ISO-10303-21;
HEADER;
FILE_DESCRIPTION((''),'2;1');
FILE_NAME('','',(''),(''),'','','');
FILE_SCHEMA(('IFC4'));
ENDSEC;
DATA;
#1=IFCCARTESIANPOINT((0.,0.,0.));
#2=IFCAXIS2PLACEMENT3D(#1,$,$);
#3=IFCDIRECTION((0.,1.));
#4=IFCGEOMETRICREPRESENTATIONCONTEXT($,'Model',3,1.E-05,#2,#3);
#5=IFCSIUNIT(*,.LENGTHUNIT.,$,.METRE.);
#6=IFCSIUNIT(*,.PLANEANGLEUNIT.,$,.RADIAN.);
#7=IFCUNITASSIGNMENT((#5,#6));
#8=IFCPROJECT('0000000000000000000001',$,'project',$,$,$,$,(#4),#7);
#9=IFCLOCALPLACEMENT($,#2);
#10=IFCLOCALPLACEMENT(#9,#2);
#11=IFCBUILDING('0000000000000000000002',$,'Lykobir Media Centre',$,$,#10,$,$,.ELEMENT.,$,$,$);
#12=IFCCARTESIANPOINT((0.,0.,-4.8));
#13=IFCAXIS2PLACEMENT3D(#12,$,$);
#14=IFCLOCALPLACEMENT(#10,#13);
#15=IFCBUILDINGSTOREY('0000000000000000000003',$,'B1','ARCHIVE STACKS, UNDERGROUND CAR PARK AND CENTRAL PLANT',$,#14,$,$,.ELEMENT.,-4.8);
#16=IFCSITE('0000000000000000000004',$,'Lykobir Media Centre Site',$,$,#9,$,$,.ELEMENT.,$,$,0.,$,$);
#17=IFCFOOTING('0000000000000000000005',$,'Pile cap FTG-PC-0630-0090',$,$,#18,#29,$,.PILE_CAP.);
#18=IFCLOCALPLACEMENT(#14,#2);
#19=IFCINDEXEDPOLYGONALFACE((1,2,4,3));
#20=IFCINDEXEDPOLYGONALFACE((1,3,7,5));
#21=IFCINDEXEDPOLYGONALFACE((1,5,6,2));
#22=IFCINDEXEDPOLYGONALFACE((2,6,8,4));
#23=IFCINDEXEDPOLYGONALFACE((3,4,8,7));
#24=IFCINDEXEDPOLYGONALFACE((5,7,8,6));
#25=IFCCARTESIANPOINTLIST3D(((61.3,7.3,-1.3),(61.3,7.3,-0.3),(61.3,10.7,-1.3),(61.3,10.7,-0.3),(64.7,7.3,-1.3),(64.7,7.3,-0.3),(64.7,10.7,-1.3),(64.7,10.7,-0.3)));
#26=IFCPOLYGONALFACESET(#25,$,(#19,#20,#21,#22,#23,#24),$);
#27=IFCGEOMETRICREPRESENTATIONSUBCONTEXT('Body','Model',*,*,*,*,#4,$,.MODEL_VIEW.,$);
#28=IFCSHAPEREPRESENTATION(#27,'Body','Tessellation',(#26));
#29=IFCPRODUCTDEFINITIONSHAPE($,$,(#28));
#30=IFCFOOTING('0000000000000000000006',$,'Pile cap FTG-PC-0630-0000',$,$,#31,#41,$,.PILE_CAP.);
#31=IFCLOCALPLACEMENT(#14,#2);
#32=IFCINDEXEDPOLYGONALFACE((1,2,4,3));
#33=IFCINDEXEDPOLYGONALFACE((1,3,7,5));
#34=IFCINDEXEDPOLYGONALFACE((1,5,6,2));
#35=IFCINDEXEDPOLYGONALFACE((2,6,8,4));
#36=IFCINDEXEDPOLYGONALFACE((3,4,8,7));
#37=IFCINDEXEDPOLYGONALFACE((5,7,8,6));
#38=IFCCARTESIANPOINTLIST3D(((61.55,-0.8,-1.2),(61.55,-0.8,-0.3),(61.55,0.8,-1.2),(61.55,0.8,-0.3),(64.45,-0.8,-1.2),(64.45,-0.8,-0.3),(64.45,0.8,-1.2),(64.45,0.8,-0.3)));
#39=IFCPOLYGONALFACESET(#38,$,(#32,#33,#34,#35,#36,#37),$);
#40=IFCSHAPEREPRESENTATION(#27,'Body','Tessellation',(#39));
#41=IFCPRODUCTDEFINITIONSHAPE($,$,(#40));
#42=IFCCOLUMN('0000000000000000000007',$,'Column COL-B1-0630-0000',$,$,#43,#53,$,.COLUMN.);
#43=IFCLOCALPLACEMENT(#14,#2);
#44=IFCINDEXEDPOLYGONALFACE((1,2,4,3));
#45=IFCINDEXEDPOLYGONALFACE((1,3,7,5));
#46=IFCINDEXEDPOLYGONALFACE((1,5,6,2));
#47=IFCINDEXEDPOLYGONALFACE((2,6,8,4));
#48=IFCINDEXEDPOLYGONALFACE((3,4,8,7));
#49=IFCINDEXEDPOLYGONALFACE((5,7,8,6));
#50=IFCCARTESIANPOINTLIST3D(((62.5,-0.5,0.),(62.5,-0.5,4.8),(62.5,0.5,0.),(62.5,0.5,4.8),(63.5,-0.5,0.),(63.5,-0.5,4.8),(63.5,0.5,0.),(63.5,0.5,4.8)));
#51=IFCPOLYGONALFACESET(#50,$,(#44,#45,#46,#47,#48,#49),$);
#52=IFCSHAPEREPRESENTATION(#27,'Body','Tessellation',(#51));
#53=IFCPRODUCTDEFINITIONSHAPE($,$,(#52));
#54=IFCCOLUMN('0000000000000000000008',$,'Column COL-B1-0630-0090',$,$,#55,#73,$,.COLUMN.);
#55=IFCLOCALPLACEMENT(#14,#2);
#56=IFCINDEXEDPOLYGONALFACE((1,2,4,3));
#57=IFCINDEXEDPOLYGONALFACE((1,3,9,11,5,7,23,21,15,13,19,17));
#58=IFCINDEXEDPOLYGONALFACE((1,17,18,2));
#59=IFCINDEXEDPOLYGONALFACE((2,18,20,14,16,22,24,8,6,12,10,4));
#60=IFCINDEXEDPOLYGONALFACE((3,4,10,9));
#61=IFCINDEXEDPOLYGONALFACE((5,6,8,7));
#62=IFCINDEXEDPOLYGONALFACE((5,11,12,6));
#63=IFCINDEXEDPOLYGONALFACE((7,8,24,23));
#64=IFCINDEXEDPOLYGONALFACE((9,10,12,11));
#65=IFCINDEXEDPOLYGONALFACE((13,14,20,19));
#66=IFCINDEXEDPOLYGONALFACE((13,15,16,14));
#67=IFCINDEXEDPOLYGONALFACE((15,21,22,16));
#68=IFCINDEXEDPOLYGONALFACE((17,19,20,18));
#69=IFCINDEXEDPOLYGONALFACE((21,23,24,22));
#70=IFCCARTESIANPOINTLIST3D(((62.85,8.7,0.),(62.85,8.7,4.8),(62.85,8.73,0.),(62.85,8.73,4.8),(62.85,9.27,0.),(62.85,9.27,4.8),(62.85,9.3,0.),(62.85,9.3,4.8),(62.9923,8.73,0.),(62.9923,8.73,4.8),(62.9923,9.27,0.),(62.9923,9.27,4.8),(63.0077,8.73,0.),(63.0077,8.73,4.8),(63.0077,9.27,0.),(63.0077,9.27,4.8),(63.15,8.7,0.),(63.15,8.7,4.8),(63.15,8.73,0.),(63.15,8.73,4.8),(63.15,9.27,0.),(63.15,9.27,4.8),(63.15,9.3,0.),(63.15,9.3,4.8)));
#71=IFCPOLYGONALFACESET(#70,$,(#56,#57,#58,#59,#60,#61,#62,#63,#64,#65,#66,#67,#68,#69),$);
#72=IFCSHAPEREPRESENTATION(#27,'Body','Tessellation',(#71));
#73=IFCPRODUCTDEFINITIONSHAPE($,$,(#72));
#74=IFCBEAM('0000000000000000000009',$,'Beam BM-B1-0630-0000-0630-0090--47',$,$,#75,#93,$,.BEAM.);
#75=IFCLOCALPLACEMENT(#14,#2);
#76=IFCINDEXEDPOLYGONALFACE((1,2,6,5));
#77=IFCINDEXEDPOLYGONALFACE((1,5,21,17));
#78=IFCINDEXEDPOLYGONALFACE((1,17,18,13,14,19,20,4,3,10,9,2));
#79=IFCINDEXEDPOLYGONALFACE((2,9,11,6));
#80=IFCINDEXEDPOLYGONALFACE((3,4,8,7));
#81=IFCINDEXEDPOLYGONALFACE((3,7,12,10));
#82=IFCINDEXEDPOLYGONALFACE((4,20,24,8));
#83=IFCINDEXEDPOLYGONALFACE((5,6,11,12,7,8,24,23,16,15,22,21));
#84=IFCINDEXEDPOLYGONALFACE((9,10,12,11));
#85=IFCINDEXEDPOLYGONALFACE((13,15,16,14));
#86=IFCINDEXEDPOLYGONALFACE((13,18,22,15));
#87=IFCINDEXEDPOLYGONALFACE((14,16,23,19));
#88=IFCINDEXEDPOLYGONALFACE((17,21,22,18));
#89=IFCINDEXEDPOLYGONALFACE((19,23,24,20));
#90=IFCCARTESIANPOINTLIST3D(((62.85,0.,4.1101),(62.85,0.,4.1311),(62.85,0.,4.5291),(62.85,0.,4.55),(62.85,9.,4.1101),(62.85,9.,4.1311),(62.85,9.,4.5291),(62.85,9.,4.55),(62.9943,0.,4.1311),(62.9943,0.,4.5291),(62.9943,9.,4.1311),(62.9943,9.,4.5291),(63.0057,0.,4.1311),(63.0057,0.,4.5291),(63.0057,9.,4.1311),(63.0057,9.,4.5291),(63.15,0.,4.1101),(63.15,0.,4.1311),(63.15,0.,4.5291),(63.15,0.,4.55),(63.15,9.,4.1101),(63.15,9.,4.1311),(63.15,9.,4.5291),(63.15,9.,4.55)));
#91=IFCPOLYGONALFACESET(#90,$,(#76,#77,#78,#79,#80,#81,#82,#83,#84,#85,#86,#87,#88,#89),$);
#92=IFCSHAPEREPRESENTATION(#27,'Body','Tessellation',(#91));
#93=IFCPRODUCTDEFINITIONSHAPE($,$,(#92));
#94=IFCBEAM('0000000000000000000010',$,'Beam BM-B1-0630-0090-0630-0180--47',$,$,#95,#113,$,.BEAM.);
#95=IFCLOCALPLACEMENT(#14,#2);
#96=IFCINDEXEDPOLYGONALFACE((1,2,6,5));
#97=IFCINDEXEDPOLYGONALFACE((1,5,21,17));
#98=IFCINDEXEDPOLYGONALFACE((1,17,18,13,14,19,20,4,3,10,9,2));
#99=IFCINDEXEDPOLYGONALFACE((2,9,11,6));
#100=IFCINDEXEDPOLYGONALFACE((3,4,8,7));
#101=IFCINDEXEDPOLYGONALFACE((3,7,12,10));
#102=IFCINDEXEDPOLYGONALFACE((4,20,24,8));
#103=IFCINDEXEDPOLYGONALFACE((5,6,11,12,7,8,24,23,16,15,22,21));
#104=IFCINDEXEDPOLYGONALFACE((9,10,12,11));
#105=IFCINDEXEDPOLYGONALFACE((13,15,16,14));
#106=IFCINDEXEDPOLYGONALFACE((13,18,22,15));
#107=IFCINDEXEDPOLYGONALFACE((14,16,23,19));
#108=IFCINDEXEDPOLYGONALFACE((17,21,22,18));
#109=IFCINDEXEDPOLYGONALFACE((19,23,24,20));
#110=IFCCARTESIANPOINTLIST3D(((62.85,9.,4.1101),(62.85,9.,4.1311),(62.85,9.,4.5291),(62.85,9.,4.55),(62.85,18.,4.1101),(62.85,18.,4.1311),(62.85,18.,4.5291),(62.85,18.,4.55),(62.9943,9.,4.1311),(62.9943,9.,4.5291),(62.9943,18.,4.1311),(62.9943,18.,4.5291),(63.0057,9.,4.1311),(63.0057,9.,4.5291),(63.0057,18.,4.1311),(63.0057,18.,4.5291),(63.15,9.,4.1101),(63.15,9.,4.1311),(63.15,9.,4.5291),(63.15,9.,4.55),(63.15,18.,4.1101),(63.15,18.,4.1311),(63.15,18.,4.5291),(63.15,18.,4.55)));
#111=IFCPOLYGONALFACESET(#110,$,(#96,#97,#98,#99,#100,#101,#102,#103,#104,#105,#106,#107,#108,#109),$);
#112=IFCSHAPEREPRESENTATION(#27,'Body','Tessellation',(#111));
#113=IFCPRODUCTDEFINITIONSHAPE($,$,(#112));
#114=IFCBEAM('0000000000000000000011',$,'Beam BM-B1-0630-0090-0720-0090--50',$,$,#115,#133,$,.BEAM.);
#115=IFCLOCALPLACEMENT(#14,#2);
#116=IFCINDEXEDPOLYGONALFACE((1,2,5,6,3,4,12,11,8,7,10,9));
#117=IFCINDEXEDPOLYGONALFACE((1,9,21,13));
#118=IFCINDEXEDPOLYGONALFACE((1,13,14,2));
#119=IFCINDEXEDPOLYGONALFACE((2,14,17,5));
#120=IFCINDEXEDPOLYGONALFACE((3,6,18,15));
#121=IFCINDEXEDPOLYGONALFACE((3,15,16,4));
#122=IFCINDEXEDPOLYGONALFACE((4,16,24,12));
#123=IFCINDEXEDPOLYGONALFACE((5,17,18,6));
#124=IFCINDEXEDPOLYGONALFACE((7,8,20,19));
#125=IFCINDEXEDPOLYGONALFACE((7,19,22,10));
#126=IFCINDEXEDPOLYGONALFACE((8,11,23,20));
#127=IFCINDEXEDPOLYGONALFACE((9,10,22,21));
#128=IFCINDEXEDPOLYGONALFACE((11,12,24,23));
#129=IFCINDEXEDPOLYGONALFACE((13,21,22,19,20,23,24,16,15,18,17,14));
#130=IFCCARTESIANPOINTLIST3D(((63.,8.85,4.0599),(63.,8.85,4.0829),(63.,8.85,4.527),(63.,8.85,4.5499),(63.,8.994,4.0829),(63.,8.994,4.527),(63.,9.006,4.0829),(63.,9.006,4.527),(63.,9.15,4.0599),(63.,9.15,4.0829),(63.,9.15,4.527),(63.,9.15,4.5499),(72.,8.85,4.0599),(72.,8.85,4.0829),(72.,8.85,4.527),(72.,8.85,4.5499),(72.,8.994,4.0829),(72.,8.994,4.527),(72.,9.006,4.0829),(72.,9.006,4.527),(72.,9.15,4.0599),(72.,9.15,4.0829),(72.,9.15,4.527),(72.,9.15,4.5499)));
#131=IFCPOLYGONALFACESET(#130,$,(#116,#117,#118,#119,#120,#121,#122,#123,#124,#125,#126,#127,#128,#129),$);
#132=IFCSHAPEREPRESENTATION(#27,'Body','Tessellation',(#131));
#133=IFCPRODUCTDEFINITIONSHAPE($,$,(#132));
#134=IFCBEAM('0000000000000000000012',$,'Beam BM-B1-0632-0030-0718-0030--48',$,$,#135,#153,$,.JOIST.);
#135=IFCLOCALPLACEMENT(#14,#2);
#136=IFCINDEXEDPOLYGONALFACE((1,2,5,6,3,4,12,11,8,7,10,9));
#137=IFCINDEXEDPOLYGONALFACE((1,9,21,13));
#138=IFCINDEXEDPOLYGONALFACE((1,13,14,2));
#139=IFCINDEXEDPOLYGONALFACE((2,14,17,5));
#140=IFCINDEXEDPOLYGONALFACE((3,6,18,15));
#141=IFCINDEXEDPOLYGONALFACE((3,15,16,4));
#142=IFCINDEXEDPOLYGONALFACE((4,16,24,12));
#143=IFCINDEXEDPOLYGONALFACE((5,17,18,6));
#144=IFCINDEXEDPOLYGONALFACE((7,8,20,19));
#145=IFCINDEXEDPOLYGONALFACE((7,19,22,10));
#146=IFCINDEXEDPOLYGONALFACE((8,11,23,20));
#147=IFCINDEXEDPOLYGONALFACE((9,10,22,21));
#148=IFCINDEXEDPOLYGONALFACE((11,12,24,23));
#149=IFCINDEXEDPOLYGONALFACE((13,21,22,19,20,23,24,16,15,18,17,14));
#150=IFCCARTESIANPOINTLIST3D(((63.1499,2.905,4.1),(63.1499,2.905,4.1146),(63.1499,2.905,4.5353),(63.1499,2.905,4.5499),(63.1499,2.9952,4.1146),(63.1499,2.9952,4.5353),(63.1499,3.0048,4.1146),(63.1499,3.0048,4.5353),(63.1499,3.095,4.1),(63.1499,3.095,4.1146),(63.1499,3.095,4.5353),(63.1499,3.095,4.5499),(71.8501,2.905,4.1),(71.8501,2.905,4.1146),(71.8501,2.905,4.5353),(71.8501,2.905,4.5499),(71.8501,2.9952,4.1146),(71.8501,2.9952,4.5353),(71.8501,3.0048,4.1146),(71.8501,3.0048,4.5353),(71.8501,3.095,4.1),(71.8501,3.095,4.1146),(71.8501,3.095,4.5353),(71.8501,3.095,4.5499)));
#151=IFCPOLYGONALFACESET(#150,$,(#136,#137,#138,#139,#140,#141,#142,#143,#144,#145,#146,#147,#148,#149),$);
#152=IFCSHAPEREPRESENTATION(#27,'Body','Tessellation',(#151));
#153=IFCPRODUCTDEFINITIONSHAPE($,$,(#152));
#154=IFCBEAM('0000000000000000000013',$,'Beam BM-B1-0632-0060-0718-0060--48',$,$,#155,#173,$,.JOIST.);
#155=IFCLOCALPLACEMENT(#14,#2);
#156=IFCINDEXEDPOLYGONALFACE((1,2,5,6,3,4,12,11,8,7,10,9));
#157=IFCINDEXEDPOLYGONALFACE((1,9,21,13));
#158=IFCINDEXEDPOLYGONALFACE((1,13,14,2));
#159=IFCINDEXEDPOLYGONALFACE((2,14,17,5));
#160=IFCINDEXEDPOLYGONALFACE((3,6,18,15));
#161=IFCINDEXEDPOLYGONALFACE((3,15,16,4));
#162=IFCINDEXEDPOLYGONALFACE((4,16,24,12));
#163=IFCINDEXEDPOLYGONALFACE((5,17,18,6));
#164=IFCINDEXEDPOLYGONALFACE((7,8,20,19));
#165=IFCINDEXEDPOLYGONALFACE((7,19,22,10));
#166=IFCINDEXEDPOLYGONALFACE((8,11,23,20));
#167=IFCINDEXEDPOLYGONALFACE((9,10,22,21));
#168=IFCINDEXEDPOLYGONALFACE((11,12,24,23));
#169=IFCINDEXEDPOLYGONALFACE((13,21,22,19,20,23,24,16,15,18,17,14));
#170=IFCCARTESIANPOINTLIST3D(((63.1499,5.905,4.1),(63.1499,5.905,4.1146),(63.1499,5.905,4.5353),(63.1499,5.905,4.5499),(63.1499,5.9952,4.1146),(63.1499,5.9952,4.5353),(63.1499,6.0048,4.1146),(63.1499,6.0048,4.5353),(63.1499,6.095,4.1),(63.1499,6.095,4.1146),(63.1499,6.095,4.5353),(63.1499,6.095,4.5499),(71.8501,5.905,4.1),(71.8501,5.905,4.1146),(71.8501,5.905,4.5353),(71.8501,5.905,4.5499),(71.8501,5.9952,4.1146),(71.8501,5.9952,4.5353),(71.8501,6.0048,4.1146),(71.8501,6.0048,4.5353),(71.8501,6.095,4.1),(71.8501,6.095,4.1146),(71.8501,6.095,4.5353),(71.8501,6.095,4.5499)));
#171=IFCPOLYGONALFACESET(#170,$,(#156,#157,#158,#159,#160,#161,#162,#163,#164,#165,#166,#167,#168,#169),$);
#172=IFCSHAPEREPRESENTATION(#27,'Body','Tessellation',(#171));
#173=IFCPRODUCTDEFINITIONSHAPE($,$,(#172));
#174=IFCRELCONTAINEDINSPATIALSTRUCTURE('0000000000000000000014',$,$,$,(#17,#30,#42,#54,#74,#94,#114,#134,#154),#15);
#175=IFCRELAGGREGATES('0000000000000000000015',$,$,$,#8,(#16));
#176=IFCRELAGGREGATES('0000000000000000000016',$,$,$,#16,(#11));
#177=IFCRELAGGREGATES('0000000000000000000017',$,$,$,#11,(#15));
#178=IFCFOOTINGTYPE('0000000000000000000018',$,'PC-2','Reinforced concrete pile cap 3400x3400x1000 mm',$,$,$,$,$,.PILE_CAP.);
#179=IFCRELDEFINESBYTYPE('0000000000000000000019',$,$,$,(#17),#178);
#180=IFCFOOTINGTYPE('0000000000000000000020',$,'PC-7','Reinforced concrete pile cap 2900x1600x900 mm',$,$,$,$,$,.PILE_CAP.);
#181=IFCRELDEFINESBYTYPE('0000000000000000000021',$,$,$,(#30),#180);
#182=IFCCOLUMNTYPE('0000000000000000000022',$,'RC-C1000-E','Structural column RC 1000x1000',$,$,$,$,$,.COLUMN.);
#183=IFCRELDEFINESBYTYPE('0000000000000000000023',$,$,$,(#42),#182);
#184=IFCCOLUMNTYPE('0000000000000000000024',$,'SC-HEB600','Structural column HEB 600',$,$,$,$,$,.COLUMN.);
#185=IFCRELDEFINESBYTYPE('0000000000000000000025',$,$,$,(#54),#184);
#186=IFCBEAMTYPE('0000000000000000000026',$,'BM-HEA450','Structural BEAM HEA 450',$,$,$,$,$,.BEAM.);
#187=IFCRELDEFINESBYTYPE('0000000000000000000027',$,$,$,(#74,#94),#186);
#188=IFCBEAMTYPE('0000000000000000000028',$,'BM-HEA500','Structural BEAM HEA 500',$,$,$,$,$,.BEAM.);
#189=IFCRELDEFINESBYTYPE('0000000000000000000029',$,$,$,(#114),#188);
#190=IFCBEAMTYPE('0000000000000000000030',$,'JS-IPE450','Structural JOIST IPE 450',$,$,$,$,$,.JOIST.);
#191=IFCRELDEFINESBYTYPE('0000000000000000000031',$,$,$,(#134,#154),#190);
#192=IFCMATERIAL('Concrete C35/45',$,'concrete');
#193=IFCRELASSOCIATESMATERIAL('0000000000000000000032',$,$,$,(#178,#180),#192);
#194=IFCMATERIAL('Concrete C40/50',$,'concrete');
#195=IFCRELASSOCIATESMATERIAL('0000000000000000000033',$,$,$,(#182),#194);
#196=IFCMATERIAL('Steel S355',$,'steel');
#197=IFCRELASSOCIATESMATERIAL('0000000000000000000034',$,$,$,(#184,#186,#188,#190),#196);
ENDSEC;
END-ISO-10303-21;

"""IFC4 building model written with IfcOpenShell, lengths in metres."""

from ifc_helpers import new_model, si_unit, direction, frame, origin, origin_2d, place, context, subcontext, project, spatial, rectangle, i_section, extrude, material, material_profile, profile_set, type_object, element, save


model = new_model("IFC4")

# Units and contexts
model_context = context("Model", 3, precision=1e-05, world=origin(), true_north=direction((0.0, 1.0)))
body_context = subcontext(model_context, "Body", "Model", "MODEL_VIEW")
ifc_project = project(units=[si_unit("LENGTHUNIT", "METRE"), si_unit("PLANEANGLEUNIT", "RADIAN")], contexts=[model_context])

# Site, building, storey
site_placement = place(None, origin())
site = spatial("IfcSite", under=ifc_project, at=site_placement, Name="Lykobir Media Centre Site", CompositionType="ELEMENT", RefElevation=0.0)
building_placement = place(site_placement, origin())
building = spatial("IfcBuilding", under=site, at=building_placement, Name="Lykobir Media Centre", CompositionType="ELEMENT")
storey_placement = place(building_placement, frame((0.0, 0.0, -4.8)))
storey = spatial("IfcBuildingStorey", under=building, at=storey_placement, Name="B1", Description="ARCHIVE STACKS, UNDERGROUND CAR PARK AND CENTRAL PLANT", CompositionType="ELEMENT", Elevation=-4.8)

# Footings
ifc_material_1 = material(Name="Concrete C35/45", Category="concrete")
footing_type_1 = type_object("IfcFootingType", Name="PC-2", Description="Reinforced concrete pile cap 3400x3400x1000 mm", PredefinedType="PILE_CAP", material=ifc_material_1)
footing_1_placement = place(storey_placement, frame((63.0, 9.0, -1.3), z_axis=(0.0, 0.0, 1.0), x_axis=(1.0, 0.0, 0.0)))
element("IfcFooting", 1, at=footing_1_placement, inside=storey, type_object=footing_type_1, Name="Pile cap FTG-PC-0630-0090", PredefinedType="PILE_CAP", context=body_context, shape_type="SweptSolid", body=[
    extrude(rectangle(XDim=3.3999, YDim=3.3999, at=origin_2d()), origin(), (0.0, 0.0, 1.0), 1.0),
])
footing_type_2 = type_object("IfcFootingType", Name="PC-7", Description="Reinforced concrete pile cap 2900x1600x900 mm", PredefinedType="PILE_CAP", material=ifc_material_1)
footing_2_placement = place(storey_placement, frame((63.0, 0.0, -1.2), z_axis=(0.0, 0.0, 1.0), x_axis=(1.0, 0.0, 0.0)))
element("IfcFooting", 2, at=footing_2_placement, inside=storey, type_object=footing_type_2, Name="Pile cap FTG-PC-0630-0000", PredefinedType="PILE_CAP", context=body_context, shape_type="SweptSolid", body=[
    extrude(rectangle(XDim=2.8999, YDim=1.6001, at=origin_2d()), origin(), (0.0, 0.0, 1.0), 0.8999),
])

# Columns
ifc_material_2 = material(Name="Concrete C40/50", Category="concrete")
ifc_material_profile_1 = material_profile(ifc_material_2, rectangle(XDim=1.0, YDim=1.0, at=origin_2d()), Name="RC 1000x1000")
ifc_profile_set_1 = profile_set([ifc_material_profile_1], Name="Concrete C40/50")
column_type_1 = type_object("IfcColumnType", Name="RC-C1000-E", Description="Structural column RC 1000x1000", PredefinedType="COLUMN", material=ifc_profile_set_1)
column_1_placement = place(storey_placement, frame((63.0, 0.0, 0.0), z_axis=(0.0, 0.0, 1.0), x_axis=(1.0, 0.0, 0.0)))
element("IfcColumn", 3, at=column_1_placement, inside=storey, type_object=column_type_1, Name="Column COL-B1-0630-0000", PredefinedType="COLUMN", context=body_context, shape_type="SweptSolid", body=[
    extrude(rectangle(XDim=1.0, YDim=1.0, at=origin_2d()), origin(), (0.0, 0.0, 1.0), 4.8),
])
ifc_material_3 = material(Name="Steel S355", Category="steel")
ifc_material_profile_2 = material_profile(ifc_material_3, i_section(OverallWidth=0.3, OverallDepth=0.6001, WebThickness=0.0154, FlangeThickness=0.03, at=origin_2d()), Name="HEB 600")
ifc_profile_set_2 = profile_set([ifc_material_profile_2], Name="Steel S355")
column_type_2 = type_object("IfcColumnType", Name="SC-HEB600", Description="Structural column HEB 600", PredefinedType="COLUMN", material=ifc_profile_set_2)
column_2_placement = place(storey_placement, frame((63.0, 9.0, 0.0), z_axis=(0.0, 0.0, 1.0), x_axis=(1.0, 0.0, 0.0)))
element("IfcColumn", 4, at=column_2_placement, inside=storey, type_object=column_type_2, Name="Column COL-B1-0630-0090", PredefinedType="COLUMN", context=body_context, shape_type="SweptSolid", body=[
    extrude(i_section(OverallWidth=0.3, OverallDepth=0.6001, WebThickness=0.0154, FlangeThickness=0.03, at=origin_2d()), origin(), (0.0, 0.0, 1.0), 4.8),
])

# Beams
ifc_material_profile_3 = material_profile(ifc_material_3, i_section(OverallWidth=0.3, OverallDepth=0.4399, WebThickness=0.0115, FlangeThickness=0.021, at=origin_2d()), Name="HEA 450")
ifc_profile_set_3 = profile_set([ifc_material_profile_3], Name="Steel S355")
beam_type_1 = type_object("IfcBeamType", Name="BM-HEA450", Description="Structural BEAM HEA 450", PredefinedType="BEAM", material=ifc_profile_set_3)
for number, where, z_axis, x_axis, name in (
    (5, (63.0, 0.0, 4.3301), (0.0, 1.0, 0.0), (-1.0, 0.0, 0.0), "Beam BM-B1-0630-0000-0630-0090--47"),
    (6, (63.0, 9.0, 4.3301), (0.0, 1.0, 0.0), (-1.0, 0.0, 0.0), "Beam BM-B1-0630-0090-0630-0180--47"),
):
    element("IfcBeam", number, at=place(storey_placement, frame(where, z_axis=z_axis, x_axis=x_axis)), inside=storey, type_object=beam_type_1, Name=name, PredefinedType="BEAM", context=body_context, shape_type="SweptSolid", body=[
        extrude(i_section(OverallWidth=0.3, OverallDepth=0.4399, WebThickness=0.0115, FlangeThickness=0.021, at=origin_2d()), origin(), (0.0, 0.0, 1.0), 9.0),
    ])
ifc_material_profile_4 = material_profile(ifc_material_3, i_section(OverallWidth=0.3, OverallDepth=0.49, WebThickness=0.012, FlangeThickness=0.0229, at=origin_2d()), Name="HEA 500")
ifc_profile_set_4 = profile_set([ifc_material_profile_4], Name="Steel S355")
beam_type_2 = type_object("IfcBeamType", Name="BM-HEA500", Description="Structural BEAM HEA 500", PredefinedType="BEAM", material=ifc_profile_set_4)
beam_1_placement = place(storey_placement, frame((63.0, 9.0, 4.3049), z_axis=(1.0, 0.0, 0.0), x_axis=(0.0, 1.0, 0.0)))
element("IfcBeam", 7, at=beam_1_placement, inside=storey, type_object=beam_type_2, Name="Beam BM-B1-0630-0090-0720-0090--50", PredefinedType="BEAM", context=body_context, shape_type="SweptSolid", body=[
    extrude(i_section(OverallWidth=0.3, OverallDepth=0.49, WebThickness=0.012, FlangeThickness=0.0229, at=origin_2d()), origin(), (0.0, 0.0, 1.0), 9.0),
])
ifc_material_profile_5 = material_profile(ifc_material_3, i_section(OverallWidth=0.1899, OverallDepth=0.45, WebThickness=0.0095, FlangeThickness=0.0146, at=origin_2d()), Name="IPE 450")
ifc_profile_set_5 = profile_set([ifc_material_profile_5], Name="Steel S355")
beam_type_3 = type_object("IfcBeamType", Name="JS-IPE450", Description="Structural JOIST IPE 450", PredefinedType="JOIST", material=ifc_profile_set_5)
for number, where, z_axis, x_axis, name in (
    (8, (63.1499, 3.0, 4.325), (1.0, 0.0, 0.0), (0.0, 1.0, 0.0), "Beam BM-B1-0632-0030-0718-0030--48"),
    (9, (63.1499, 6.0, 4.325), (1.0, 0.0, 0.0), (0.0, 1.0, 0.0), "Beam BM-B1-0632-0060-0718-0060--48"),
):
    element("IfcBeam", number, at=place(storey_placement, frame(where, z_axis=z_axis, x_axis=x_axis)), inside=storey, type_object=beam_type_3, Name=name, PredefinedType="JOIST", context=body_context, shape_type="SweptSolid", body=[
        extrude(i_section(OverallWidth=0.1899, OverallDepth=0.45, WebThickness=0.0095, FlangeThickness=0.0146, at=origin_2d()), origin(), (0.0, 0.0, 1.0), 8.7002),
    ])

save(model, "model.ifc")
